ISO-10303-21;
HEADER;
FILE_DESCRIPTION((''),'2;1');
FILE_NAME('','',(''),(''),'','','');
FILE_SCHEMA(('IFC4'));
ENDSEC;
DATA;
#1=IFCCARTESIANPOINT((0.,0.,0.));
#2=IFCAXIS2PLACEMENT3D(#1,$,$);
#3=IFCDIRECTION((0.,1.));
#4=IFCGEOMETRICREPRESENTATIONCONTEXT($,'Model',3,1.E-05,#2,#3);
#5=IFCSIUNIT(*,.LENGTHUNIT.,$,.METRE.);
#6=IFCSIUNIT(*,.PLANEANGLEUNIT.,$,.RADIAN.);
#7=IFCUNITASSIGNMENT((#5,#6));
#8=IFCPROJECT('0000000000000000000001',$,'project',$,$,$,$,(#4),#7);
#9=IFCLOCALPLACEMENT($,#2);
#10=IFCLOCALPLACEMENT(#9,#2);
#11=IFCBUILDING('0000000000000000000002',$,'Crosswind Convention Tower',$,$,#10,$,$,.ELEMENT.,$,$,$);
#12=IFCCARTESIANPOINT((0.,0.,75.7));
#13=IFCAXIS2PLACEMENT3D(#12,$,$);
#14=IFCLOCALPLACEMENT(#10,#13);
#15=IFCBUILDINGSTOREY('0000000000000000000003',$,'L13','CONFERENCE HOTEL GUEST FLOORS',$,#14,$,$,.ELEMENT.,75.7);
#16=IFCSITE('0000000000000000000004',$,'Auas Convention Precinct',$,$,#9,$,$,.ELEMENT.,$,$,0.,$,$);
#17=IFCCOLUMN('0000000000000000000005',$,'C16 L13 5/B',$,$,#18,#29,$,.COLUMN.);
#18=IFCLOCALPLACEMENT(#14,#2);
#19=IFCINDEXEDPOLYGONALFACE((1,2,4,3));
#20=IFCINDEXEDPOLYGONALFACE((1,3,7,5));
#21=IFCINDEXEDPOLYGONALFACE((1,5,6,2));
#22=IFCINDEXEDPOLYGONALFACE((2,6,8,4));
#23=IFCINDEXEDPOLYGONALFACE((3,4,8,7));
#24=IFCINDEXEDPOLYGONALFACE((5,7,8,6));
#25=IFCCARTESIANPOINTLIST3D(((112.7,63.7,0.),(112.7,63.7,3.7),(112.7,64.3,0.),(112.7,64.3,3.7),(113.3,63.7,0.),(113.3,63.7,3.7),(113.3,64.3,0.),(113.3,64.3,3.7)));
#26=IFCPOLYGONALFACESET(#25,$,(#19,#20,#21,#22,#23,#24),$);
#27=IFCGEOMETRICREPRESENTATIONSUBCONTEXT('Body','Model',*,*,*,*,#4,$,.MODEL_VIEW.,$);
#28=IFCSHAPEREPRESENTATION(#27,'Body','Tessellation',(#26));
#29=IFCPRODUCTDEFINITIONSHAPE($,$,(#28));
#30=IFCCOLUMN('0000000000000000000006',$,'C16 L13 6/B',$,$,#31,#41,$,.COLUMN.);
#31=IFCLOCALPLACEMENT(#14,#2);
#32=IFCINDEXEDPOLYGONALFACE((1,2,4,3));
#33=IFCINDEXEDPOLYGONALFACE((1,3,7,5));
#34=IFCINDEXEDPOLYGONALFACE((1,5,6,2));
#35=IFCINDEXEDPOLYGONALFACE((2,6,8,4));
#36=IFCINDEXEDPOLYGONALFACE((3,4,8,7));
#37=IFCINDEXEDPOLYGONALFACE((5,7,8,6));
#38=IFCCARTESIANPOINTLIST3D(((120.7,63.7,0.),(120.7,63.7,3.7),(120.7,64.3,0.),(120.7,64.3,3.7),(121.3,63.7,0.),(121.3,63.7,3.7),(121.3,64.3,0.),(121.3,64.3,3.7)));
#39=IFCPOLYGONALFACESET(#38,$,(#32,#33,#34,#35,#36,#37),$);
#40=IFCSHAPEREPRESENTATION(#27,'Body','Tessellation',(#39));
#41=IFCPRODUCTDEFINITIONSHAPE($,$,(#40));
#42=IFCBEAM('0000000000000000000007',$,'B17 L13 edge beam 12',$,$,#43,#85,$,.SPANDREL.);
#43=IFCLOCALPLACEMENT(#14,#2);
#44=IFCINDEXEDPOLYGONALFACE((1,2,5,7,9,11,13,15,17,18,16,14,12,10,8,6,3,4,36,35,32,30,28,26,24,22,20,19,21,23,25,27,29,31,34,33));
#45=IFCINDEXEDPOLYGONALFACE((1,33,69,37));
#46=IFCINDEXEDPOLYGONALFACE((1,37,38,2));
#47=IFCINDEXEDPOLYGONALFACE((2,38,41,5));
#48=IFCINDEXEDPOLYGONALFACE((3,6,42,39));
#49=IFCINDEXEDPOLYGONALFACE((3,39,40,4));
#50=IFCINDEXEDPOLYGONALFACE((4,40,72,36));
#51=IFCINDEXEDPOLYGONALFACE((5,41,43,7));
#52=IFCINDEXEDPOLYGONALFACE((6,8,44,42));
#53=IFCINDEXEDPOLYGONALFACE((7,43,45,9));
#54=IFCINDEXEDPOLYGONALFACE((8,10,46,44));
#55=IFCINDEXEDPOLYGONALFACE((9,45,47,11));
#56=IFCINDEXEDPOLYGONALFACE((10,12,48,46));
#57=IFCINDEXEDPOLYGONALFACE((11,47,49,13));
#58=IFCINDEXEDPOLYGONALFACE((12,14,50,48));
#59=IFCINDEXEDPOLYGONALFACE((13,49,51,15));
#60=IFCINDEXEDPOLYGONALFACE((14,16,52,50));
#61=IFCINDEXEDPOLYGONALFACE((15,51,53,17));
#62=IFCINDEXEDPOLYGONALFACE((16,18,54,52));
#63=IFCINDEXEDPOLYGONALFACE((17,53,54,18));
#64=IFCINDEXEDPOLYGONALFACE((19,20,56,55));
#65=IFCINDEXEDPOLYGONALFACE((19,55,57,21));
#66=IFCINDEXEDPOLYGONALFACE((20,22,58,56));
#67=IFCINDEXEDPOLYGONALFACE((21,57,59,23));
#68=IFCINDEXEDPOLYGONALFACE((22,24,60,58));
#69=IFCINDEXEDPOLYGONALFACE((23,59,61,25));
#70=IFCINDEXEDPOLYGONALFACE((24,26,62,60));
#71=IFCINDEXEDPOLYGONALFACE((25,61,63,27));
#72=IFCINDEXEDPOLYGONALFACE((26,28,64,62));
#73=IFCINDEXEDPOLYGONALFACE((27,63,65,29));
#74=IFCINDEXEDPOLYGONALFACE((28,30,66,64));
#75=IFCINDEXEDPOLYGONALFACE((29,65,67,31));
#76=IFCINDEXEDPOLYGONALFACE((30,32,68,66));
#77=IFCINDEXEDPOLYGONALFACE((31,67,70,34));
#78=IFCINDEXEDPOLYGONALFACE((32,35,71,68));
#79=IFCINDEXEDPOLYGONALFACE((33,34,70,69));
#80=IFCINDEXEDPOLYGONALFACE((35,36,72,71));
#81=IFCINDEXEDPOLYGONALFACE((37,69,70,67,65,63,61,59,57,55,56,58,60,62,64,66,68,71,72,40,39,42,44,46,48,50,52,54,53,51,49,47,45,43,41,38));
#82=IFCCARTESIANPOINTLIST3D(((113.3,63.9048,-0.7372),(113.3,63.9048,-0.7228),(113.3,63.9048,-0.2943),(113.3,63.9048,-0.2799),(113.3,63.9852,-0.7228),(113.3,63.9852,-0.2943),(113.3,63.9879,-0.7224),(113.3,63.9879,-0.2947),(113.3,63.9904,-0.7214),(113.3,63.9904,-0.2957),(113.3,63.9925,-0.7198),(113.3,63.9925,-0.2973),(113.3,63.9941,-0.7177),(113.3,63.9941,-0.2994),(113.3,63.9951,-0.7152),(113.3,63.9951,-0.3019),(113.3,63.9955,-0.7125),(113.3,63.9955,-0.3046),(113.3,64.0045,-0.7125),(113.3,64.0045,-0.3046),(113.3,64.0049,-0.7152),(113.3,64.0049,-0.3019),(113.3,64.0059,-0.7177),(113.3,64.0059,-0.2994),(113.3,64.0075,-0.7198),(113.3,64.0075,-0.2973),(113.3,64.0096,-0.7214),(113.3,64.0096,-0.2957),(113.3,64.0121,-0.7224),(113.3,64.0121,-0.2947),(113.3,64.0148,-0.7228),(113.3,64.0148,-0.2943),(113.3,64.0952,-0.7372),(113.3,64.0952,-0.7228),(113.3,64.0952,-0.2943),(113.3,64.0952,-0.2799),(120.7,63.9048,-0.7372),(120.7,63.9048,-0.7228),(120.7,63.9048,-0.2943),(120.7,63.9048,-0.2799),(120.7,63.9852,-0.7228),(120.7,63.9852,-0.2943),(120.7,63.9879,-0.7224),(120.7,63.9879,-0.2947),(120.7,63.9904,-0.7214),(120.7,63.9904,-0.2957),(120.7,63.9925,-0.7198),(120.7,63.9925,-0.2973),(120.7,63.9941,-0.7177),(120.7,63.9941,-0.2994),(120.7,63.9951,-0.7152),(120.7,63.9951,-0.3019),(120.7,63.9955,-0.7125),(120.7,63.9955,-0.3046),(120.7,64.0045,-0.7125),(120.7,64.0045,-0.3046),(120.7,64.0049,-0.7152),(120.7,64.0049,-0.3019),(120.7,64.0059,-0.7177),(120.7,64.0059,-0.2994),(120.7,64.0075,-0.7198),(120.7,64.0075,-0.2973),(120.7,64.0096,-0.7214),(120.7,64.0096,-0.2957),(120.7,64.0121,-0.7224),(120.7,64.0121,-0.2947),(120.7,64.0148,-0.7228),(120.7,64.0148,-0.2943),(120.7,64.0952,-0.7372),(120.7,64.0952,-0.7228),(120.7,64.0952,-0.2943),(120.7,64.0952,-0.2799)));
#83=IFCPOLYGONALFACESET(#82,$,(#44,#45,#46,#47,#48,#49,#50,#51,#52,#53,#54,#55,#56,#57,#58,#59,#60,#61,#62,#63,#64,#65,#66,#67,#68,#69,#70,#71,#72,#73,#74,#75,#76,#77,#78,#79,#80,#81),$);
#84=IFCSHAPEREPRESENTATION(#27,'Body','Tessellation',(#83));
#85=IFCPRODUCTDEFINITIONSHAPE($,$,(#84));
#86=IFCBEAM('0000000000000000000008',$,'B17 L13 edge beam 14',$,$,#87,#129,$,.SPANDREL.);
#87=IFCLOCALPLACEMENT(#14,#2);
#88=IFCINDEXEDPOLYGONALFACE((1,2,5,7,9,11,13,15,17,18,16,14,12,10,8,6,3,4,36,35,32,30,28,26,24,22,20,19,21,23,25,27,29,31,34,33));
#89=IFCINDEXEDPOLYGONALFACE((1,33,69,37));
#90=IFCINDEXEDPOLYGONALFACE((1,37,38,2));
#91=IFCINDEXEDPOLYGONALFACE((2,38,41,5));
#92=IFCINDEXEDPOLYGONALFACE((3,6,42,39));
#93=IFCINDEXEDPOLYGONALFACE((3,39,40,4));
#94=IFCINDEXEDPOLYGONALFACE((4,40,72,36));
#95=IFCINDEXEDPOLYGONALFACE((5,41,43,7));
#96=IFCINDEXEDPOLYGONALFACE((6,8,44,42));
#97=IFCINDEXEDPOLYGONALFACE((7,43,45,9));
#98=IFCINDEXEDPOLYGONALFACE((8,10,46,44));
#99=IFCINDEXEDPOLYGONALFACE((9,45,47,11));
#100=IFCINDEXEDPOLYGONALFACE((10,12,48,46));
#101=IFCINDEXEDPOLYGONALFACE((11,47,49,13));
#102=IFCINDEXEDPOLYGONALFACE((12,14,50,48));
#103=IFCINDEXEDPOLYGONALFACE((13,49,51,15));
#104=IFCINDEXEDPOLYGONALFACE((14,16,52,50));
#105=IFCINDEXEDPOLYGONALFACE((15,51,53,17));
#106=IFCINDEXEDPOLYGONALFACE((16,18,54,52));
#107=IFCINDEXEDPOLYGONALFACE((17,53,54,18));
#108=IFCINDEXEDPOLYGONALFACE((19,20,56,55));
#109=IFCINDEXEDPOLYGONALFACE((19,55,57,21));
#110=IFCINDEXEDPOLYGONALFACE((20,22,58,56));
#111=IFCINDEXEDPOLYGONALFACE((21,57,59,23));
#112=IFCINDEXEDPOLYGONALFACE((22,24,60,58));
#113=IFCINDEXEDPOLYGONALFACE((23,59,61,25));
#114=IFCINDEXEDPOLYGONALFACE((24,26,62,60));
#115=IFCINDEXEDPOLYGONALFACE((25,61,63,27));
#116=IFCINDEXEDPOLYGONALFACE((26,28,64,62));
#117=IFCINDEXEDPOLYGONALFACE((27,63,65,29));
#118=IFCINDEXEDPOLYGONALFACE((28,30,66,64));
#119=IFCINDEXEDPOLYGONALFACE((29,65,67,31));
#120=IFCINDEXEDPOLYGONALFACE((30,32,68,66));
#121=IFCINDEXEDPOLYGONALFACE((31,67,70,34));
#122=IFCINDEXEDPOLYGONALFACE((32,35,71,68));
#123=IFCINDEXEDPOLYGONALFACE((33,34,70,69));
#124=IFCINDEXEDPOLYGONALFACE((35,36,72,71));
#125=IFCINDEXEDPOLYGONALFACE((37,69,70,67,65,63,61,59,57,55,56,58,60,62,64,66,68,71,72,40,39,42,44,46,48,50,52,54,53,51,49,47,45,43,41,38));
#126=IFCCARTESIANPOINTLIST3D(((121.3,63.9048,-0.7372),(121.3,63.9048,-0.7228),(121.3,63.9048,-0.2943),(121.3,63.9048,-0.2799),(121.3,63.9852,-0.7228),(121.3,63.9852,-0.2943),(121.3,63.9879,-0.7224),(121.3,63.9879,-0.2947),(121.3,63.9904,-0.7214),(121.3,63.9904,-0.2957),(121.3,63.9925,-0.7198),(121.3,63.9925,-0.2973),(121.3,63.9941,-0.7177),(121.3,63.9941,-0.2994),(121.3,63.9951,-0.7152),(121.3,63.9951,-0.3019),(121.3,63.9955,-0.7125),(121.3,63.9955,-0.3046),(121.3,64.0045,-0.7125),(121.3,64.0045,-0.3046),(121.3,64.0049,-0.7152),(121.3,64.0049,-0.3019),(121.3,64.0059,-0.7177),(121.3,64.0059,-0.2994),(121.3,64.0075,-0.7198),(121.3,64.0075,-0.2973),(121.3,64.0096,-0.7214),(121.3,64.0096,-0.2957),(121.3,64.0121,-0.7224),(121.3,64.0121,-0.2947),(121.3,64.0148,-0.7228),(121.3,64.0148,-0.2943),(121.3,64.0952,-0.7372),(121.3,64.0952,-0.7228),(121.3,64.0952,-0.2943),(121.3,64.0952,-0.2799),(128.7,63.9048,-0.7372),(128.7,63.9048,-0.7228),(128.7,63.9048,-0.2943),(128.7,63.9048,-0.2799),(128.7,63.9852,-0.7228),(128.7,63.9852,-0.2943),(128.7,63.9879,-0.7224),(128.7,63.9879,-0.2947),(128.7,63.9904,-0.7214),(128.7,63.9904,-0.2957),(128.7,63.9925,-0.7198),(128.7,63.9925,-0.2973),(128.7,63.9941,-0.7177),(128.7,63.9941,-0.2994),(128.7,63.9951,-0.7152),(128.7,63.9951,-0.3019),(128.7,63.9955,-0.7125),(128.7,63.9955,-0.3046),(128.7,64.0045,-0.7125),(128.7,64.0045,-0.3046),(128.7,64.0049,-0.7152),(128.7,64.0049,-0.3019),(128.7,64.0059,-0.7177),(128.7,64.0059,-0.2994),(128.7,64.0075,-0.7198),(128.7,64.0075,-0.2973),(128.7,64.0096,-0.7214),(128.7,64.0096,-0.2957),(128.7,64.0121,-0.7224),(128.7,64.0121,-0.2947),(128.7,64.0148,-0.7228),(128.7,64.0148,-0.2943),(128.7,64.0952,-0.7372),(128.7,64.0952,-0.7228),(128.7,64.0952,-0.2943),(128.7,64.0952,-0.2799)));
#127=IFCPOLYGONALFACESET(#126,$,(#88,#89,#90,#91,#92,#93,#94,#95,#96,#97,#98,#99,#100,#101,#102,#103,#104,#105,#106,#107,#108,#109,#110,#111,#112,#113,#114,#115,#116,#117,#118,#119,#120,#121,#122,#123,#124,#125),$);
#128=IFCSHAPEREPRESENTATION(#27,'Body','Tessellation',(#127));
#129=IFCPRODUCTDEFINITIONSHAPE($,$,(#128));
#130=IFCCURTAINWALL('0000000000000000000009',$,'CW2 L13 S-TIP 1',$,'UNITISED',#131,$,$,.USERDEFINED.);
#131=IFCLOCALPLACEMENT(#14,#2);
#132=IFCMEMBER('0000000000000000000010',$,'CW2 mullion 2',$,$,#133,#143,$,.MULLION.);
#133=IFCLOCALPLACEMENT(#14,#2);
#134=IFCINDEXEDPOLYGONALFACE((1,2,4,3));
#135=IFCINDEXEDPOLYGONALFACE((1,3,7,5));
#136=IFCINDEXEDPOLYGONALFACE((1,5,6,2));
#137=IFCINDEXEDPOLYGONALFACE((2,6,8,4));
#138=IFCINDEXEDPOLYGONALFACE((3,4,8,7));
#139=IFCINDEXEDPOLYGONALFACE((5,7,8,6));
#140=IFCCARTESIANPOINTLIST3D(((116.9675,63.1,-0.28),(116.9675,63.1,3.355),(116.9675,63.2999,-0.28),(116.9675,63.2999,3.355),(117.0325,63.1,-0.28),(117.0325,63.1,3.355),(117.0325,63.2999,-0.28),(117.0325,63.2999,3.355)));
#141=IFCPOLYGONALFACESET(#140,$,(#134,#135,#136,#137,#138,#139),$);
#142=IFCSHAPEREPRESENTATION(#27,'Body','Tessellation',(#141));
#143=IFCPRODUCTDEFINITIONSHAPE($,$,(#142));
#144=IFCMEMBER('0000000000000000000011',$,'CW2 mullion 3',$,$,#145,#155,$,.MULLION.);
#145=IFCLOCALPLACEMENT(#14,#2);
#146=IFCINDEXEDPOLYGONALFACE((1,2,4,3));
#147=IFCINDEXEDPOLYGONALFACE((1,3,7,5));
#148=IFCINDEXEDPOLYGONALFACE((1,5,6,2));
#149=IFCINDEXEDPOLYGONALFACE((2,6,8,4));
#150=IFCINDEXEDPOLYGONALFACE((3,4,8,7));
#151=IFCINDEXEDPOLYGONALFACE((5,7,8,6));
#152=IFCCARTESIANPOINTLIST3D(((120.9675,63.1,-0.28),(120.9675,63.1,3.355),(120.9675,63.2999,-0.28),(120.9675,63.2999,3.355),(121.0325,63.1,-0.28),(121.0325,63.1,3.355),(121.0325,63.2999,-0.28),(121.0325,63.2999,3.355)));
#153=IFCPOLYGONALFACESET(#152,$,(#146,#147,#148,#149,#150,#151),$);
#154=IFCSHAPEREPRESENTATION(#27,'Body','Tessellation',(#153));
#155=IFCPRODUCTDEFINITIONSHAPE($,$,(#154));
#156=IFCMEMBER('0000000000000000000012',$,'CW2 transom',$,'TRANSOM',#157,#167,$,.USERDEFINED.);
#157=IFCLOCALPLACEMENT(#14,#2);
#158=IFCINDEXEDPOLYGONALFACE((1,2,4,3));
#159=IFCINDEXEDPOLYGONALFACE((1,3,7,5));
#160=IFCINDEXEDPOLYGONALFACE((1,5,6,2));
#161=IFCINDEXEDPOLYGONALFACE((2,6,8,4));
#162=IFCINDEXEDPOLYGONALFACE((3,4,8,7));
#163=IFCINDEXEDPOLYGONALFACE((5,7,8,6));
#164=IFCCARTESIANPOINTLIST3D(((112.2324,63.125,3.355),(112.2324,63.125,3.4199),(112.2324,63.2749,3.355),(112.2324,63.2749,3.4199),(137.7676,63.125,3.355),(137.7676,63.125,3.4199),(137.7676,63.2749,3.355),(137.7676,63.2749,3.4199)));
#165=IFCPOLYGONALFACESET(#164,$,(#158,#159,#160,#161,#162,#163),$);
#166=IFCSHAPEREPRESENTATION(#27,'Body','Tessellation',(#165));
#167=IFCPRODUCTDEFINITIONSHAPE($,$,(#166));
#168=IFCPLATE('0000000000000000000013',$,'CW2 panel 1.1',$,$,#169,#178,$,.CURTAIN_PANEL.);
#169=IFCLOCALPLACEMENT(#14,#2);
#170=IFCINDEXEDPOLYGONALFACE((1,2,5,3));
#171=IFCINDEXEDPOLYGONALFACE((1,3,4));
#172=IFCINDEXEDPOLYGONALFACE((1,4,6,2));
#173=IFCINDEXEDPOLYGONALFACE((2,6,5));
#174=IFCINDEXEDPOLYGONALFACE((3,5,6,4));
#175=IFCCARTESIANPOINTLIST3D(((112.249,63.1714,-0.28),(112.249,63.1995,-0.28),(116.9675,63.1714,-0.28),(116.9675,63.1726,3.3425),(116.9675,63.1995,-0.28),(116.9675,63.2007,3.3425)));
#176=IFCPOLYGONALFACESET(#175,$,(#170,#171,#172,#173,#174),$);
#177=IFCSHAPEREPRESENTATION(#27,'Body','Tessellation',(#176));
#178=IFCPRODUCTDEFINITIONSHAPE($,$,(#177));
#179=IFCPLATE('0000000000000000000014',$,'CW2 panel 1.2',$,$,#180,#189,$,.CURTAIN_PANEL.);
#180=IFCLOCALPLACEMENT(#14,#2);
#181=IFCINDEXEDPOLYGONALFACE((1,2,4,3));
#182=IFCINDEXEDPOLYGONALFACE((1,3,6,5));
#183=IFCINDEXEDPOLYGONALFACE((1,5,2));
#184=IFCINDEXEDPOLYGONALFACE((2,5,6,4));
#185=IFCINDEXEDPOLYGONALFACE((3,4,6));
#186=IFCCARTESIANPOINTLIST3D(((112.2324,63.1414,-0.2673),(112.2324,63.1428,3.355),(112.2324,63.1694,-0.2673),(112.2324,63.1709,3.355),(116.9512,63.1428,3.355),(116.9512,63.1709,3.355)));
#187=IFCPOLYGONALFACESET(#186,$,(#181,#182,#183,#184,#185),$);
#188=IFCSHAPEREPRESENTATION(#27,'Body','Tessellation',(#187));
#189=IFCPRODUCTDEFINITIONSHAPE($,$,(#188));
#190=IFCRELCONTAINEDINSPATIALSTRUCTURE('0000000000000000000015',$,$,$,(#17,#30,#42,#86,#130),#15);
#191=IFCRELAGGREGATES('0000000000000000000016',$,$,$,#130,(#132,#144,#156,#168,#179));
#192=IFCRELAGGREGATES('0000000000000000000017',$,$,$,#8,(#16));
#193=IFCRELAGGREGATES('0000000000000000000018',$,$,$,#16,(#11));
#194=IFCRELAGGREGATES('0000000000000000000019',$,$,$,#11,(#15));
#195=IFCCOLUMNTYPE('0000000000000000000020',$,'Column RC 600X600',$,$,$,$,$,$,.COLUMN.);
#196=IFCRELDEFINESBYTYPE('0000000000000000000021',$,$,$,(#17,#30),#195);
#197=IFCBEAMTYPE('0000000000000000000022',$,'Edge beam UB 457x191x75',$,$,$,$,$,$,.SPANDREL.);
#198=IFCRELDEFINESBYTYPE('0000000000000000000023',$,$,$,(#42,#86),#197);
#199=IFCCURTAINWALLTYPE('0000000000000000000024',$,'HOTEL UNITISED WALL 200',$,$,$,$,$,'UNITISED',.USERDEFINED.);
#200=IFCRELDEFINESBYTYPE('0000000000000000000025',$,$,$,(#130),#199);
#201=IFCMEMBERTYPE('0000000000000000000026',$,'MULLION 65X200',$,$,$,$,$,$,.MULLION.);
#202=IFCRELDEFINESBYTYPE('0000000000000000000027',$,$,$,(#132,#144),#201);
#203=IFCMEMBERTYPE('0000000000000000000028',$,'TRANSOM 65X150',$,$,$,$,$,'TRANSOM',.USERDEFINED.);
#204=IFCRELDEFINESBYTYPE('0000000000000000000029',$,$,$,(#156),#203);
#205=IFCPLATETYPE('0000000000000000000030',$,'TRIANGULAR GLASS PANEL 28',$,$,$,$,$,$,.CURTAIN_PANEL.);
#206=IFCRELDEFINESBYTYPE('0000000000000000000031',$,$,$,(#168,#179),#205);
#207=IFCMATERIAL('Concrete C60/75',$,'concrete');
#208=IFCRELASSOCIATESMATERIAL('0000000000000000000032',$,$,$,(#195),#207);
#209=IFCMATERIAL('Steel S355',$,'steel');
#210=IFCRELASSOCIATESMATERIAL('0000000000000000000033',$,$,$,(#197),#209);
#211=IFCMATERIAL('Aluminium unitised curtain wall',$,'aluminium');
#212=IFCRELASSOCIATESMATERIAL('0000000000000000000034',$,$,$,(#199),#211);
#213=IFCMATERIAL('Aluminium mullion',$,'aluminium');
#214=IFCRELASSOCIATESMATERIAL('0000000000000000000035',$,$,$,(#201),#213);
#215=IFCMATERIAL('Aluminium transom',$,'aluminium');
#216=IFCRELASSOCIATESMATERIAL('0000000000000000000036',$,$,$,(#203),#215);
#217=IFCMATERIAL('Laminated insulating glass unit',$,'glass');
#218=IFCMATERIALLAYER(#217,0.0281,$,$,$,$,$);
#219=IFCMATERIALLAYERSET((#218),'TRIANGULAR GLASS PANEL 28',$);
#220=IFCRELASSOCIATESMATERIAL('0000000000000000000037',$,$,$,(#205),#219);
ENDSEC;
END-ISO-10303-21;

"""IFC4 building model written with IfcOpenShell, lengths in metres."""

from ifc_helpers import new_model, si_unit, direction, frame, origin, origin_2d, place, context, subcontext, project, spatial, polyline, rectangle, i_section, outline, extrude, material, layer, layer_set, material_profile, profile_set, type_object, element, aggregate, save


model = new_model("IFC4")

# Units and contexts
model_context = context("Model", 3, precision=1e-05, world=origin(), true_north=direction((0.0, 1.0)))
body_context = subcontext(model_context, "Body", "Model", "MODEL_VIEW")
ifc_project = project(units=[si_unit("LENGTHUNIT", "METRE"), si_unit("PLANEANGLEUNIT", "RADIAN")], contexts=[model_context])

# Site, building, storey
site_placement = place(None, origin())
site = spatial("IfcSite", under=ifc_project, at=site_placement, Name="Auas Convention Precinct", CompositionType="ELEMENT", RefElevation=0.0)
building_placement = place(site_placement, origin())
building = spatial("IfcBuilding", under=site, at=building_placement, Name="Crosswind Convention Tower", CompositionType="ELEMENT")
storey_placement = place(building_placement, frame((0.0, 0.0, 75.7)))
storey = spatial("IfcBuildingStorey", under=building, at=storey_placement, Name="L13", Description="CONFERENCE HOTEL GUEST FLOORS", CompositionType="ELEMENT", Elevation=75.7)

# Columns
ifc_material_1 = material(Name="Concrete C60/75", Category="concrete")
ifc_material_profile_1 = material_profile(ifc_material_1, rectangle(XDim=0.6001, YDim=0.6001, at=origin_2d()), Name="RC 600X600")
ifc_profile_set_1 = profile_set([ifc_material_profile_1], Name="Concrete C60/75")
column_type = type_object("IfcColumnType", Name="Column RC 600X600", PredefinedType="COLUMN", material=ifc_profile_set_1)
for number, where, z_axis, x_axis, name in (
    (1, (113.0, 64.0, 0.0), (0.0, 0.0, 1.0), (1.0, 0.0, 0.0), "C16 L13 5/B"),
    (2, (121.0, 64.0, 0.0), (0.0, 0.0, 1.0), (1.0, 0.0, 0.0), "C16 L13 6/B"),
):
    element("IfcColumn", number, at=place(storey_placement, frame(where, z_axis=z_axis, x_axis=x_axis)), inside=storey, type_object=column_type, Name=name, PredefinedType="COLUMN", context=body_context, shape_type="SweptSolid", body=[
        extrude(rectangle(XDim=0.6001, YDim=0.6001, at=origin_2d()), origin(), (0.0, 0.0, 1.0), 3.7),
    ])

# Beams
ifc_material_2 = material(Name="Steel S355", Category="steel")
ifc_material_profile_2 = material_profile(ifc_material_2, i_section(OverallWidth=0.1904, OverallDepth=0.4573, WebThickness=0.009, FlangeThickness=0.0144, FilletRadius=0.0103, at=origin_2d()), Name="UB 457x191x75")
ifc_profile_set_2 = profile_set([ifc_material_profile_2], Name="Steel S355")
beam_type = type_object("IfcBeamType", Name="Edge beam UB 457x191x75", PredefinedType="SPANDREL", material=ifc_profile_set_2)
for number, where, z_axis, x_axis, name in (
    (3, (113.3, 64.0, -0.5085), (1.0, 0.0, 0.0), (0.0, 1.0, 0.0), "B17 L13 edge beam 12"),
    (4, (121.3, 64.0, -0.5085), (1.0, 0.0, 0.0), (0.0, 1.0, 0.0), "B17 L13 edge beam 14"),
):
    element("IfcBeam", number, at=place(storey_placement, frame(where, z_axis=z_axis, x_axis=x_axis)), inside=storey, type_object=beam_type, Name=name, PredefinedType="SPANDREL", context=body_context, shape_type="SweptSolid", body=[
        extrude(i_section(OverallWidth=0.1904, OverallDepth=0.4573, WebThickness=0.009, FlangeThickness=0.0144, FilletRadius=0.0103, at=origin_2d()), origin(), (0.0, 0.0, 1.0), 7.3999),
    ])

# Curtain wall, members, plates
ifc_material_3 = material(Name="Aluminium unitised curtain wall", Category="aluminium")
curtain_wall_type = type_object("IfcCurtainWallType", Name="HOTEL UNITISED WALL 200", ElementType="UNITISED", PredefinedType="USERDEFINED", material=ifc_material_3)
curtain_wall_placement = place(storey_placement, origin())
curtain_wall = element("IfcCurtainWall", 5, at=curtain_wall_placement, inside=storey, type_object=curtain_wall_type, Name="CW2 L13 S-TIP 1", ObjectType="UNITISED", PredefinedType="USERDEFINED")
ifc_material_4 = material(Name="Aluminium mullion", Category="aluminium")
ifc_material_profile_3 = material_profile(ifc_material_4, rectangle(XDim=0.2, YDim=0.0649, at=origin_2d()), Name="AL 200X65")
ifc_profile_set_3 = profile_set([ifc_material_profile_3], Name="Aluminium mullion")
member_type_1 = type_object("IfcMemberType", Name="MULLION 65X200", PredefinedType="MULLION", material=ifc_profile_set_3)
member_1_placement = place(storey_placement, frame((117.0, 63.2, -0.28), z_axis=(0.0, 0.0, 1.0), x_axis=(0.0, -1.0, 0.0)))
member_1 = element("IfcMember", 6, at=member_1_placement, type_object=member_type_1, Name="CW2 mullion 2", PredefinedType="MULLION", context=body_context, shape_type="SweptSolid", body=[
    extrude(rectangle(XDim=0.2, YDim=0.0649, at=origin_2d()), origin(), (0.0, 0.0, 1.0), 3.635),
])
member_2_placement = place(storey_placement, frame((121.0, 63.2, -0.28), z_axis=(0.0, 0.0, 1.0), x_axis=(0.0, -1.0, 0.0)))
member_2 = element("IfcMember", 7, at=member_2_placement, type_object=member_type_1, Name="CW2 mullion 3", PredefinedType="MULLION", context=body_context, shape_type="SweptSolid", body=[
    extrude(rectangle(XDim=0.2, YDim=0.0649, at=origin_2d()), origin(), (0.0, 0.0, 1.0), 3.635),
])
ifc_material_5 = material(Name="Aluminium transom", Category="aluminium")
ifc_material_profile_4 = material_profile(ifc_material_5, rectangle(XDim=0.1499, YDim=0.0649, at=origin_2d()), Name="AL 150X65")
ifc_profile_set_4 = profile_set([ifc_material_profile_4], Name="Aluminium transom")
member_type_2 = type_object("IfcMemberType", Name="TRANSOM 65X150", ElementType="TRANSOM", PredefinedType="USERDEFINED", material=ifc_profile_set_4)
member_3_placement = place(storey_placement, frame((112.2324, 63.2, 3.3875), z_axis=(1.0, 0.0, 0.0), x_axis=(0.0, 1.0, 0.0)))
member_3 = element("IfcMember", 8, at=member_3_placement, type_object=member_type_2, Name="CW2 transom", ObjectType="TRANSOM", PredefinedType="USERDEFINED", context=body_context, shape_type="SweptSolid", body=[
    extrude(rectangle(XDim=0.1499, YDim=0.0649, at=origin_2d()), origin(), (0.0, 0.0, 1.0), 25.5352),
])
ifc_material_6 = material(Name="Laminated insulating glass unit", Category="glass")
ifc_layer_1 = layer(ifc_material_6, 0.0281)
ifc_layer_set_1 = layer_set([ifc_layer_1], Name="TRIANGULAR GLASS PANEL 28")
plate_type = type_object("IfcPlateType", Name="TRIANGULAR GLASS PANEL 28", PredefinedType="CURTAIN_PANEL", material=ifc_layer_set_1)
plate_1_placement = place(storey_placement, frame((116.9675, 63.1714, -0.28), z_axis=(0.0, -1.0, 0.000337), x_axis=(0.0, 0.000337, 1.0)))
plate_1 = element("IfcPlate", 9, at=plate_1_placement, type_object=plate_type, Name="CW2 panel 1.1", PredefinedType="CURTAIN_PANEL", context=body_context, shape_type="SweptSolid", body=[
    extrude(outline(polyline([(0.0, 0.0), (3.6226, 0.0), (0.0, 4.7185), (0.0, 0.0)])), origin(), (0.0, 0.0, -1.0), 0.0281),
])
plate_2_placement = place(storey_placement, frame((112.2324, 63.1428, 3.355), z_axis=(0.0, -1.0, 0.000404), x_axis=(0.0, -0.000404, -1.0)))
plate_2 = element("IfcPlate", 10, at=plate_2_placement, type_object=plate_type, Name="CW2 panel 1.2", PredefinedType="CURTAIN_PANEL", context=body_context, shape_type="SweptSolid", body=[
    extrude(outline(polyline([(0.0, 0.0), (3.6223, 0.0), (0.0, 4.7188), (0.0, 0.0)])), origin(), (0.0, 0.0, -1.0), 0.0281),
])

aggregate(curtain_wall, [member_1, member_2, member_3, plate_1, plate_2])

save(model, "model.ifc")
